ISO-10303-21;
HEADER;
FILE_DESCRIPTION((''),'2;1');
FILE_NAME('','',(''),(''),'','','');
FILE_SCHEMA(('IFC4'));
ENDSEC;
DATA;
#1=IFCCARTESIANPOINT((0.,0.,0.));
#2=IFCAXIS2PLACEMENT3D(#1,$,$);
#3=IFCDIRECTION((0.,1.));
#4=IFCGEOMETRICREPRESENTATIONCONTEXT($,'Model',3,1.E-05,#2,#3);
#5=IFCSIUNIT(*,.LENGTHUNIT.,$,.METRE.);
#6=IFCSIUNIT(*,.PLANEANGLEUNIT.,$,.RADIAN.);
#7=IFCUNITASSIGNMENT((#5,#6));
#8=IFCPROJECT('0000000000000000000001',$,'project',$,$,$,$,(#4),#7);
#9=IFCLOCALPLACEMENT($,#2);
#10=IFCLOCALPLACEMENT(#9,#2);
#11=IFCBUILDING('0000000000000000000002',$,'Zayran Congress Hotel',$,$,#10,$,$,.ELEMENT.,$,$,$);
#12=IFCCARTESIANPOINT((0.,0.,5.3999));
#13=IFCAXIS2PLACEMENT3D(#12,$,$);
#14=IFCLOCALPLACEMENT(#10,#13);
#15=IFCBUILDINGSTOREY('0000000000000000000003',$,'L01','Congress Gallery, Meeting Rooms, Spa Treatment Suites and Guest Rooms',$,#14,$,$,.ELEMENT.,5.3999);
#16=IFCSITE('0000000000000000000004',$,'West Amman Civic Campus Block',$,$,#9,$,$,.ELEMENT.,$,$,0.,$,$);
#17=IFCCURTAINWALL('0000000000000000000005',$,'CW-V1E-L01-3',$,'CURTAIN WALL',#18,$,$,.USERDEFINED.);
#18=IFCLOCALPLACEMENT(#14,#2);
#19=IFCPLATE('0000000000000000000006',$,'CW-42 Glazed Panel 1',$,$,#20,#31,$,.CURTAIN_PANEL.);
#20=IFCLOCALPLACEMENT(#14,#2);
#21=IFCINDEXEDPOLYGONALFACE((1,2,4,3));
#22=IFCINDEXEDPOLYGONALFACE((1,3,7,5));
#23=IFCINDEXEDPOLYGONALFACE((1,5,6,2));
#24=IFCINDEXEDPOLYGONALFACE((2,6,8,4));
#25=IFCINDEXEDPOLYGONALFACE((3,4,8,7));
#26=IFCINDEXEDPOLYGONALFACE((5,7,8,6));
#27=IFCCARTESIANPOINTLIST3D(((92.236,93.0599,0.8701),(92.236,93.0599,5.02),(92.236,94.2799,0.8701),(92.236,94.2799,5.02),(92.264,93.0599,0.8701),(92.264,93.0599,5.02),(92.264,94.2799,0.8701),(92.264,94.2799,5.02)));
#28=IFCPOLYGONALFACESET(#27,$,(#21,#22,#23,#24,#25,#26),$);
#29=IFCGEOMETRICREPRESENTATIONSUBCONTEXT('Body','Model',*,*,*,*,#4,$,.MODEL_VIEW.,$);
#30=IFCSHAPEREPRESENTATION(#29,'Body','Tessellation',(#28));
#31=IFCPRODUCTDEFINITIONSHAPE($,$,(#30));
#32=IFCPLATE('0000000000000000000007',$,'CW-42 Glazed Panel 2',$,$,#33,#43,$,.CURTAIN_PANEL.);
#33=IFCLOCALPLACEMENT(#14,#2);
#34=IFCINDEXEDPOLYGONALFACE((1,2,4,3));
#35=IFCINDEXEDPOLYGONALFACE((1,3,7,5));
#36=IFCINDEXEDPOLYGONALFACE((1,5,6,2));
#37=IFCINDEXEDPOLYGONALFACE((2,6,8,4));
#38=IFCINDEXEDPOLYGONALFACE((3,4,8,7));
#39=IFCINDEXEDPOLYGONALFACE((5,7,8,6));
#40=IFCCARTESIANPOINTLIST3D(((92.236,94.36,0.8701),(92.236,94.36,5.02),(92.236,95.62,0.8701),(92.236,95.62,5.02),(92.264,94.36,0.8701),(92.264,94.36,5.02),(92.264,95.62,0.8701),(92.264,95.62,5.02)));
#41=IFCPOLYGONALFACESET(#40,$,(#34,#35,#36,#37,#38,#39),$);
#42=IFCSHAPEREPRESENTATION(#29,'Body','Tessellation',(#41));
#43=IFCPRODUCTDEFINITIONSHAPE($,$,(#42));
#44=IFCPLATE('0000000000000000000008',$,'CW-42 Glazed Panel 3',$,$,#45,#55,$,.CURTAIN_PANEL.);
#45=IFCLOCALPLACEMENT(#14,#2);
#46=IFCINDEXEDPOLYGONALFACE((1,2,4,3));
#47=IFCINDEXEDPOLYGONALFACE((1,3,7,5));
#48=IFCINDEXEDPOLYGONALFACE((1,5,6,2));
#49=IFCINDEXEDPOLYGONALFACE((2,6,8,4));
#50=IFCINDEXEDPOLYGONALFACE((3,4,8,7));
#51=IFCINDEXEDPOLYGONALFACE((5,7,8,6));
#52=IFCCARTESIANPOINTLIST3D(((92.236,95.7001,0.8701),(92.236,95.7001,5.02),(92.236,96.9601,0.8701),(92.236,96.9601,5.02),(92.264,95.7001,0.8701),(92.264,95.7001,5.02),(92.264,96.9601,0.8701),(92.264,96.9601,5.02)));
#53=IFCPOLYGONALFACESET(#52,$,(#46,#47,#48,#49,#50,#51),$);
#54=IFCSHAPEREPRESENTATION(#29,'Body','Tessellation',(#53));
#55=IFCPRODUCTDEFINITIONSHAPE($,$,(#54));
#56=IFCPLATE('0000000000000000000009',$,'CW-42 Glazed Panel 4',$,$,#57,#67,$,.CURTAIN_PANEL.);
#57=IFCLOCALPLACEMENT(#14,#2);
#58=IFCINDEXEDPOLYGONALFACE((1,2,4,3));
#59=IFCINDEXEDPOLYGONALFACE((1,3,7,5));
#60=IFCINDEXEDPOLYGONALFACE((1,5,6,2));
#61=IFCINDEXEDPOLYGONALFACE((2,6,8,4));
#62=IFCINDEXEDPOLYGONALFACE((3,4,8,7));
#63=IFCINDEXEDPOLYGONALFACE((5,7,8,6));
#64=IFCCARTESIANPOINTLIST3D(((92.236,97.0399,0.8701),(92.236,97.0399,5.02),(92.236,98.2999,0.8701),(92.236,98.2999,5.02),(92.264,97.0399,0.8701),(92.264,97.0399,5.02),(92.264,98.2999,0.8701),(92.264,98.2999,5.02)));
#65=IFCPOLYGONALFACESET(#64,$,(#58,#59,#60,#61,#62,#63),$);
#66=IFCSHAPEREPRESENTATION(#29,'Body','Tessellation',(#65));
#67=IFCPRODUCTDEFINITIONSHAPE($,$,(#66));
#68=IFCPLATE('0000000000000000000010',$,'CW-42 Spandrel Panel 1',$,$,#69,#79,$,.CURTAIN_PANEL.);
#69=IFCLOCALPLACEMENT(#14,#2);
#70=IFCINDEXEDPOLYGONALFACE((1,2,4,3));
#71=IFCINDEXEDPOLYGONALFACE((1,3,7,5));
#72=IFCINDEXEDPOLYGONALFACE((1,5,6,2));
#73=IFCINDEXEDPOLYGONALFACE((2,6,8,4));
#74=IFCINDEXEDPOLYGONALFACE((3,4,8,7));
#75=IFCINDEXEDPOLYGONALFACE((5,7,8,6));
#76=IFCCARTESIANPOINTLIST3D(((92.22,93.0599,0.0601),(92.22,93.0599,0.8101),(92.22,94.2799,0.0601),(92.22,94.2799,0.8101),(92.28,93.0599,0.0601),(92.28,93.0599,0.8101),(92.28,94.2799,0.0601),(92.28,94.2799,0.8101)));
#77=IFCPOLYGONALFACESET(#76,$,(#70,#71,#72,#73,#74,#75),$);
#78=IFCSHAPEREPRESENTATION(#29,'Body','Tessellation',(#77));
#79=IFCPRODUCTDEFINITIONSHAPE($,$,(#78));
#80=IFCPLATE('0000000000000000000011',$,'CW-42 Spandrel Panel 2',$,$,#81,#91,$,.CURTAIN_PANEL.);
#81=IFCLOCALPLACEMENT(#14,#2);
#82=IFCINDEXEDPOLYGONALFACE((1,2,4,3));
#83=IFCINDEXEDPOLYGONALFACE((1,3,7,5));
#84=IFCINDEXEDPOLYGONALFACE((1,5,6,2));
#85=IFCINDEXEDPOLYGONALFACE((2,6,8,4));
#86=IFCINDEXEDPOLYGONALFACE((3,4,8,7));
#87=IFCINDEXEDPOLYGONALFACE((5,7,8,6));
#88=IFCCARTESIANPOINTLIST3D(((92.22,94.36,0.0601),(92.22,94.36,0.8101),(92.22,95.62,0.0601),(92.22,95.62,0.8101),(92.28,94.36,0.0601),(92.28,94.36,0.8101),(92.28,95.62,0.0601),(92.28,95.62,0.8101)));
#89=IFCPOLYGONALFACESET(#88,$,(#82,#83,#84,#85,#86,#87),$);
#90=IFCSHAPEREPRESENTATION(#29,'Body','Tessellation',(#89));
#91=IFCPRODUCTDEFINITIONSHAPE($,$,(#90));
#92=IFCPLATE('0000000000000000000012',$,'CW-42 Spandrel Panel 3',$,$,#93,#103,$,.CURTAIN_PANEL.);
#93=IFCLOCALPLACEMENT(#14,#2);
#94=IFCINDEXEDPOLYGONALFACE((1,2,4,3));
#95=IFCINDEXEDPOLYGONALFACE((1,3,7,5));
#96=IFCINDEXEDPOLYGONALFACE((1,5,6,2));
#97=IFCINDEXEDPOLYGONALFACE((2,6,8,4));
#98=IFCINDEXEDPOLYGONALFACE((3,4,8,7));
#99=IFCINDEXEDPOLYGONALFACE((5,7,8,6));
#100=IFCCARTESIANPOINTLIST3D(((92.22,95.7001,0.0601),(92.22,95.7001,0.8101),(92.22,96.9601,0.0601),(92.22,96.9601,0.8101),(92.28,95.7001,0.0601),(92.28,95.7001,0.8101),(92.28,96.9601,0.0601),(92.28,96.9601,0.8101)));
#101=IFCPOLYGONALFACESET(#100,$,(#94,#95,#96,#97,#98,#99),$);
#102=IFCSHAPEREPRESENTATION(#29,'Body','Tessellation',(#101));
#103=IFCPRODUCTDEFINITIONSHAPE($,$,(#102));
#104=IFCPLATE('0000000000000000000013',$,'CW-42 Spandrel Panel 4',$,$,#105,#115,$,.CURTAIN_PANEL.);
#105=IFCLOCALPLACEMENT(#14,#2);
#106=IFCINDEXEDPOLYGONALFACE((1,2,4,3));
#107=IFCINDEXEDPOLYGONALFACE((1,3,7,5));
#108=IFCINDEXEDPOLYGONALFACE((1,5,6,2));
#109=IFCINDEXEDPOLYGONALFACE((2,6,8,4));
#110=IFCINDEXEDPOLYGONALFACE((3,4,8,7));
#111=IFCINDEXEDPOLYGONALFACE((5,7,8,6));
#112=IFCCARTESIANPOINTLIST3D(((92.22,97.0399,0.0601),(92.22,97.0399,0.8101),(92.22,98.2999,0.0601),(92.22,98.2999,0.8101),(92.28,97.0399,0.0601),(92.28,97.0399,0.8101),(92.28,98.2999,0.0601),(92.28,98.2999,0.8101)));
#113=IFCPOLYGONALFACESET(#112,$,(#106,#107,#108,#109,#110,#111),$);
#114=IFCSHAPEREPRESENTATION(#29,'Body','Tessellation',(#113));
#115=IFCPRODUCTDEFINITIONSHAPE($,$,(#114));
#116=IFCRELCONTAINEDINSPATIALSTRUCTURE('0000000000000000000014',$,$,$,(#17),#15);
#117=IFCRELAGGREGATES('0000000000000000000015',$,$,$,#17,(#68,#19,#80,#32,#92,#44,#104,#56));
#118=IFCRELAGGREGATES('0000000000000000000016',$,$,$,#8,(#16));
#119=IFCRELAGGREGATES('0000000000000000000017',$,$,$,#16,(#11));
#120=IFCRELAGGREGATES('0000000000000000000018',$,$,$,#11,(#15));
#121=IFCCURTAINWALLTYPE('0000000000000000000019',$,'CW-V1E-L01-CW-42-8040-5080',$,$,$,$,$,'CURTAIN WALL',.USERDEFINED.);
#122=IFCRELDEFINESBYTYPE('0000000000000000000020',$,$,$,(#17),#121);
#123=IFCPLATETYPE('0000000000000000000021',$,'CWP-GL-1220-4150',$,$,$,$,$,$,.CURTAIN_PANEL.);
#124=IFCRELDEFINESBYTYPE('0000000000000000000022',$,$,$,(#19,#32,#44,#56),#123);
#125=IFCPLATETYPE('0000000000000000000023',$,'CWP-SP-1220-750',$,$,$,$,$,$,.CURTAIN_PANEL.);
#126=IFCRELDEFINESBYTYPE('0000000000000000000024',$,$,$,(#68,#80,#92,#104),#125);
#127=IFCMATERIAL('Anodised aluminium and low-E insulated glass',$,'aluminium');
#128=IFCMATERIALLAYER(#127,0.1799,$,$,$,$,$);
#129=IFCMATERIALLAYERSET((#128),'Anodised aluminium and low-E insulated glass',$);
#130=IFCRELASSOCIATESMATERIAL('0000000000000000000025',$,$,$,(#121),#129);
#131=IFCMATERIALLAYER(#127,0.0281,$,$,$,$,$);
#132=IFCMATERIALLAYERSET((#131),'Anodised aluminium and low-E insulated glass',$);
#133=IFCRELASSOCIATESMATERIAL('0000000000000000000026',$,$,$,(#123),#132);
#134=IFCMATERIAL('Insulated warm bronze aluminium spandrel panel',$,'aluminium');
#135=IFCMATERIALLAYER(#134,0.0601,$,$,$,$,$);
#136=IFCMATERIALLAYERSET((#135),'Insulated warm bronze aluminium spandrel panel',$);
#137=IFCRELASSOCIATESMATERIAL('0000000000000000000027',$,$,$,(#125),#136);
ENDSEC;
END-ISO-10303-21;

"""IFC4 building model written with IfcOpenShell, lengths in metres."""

from ifc_helpers import new_model, si_unit, direction, frame, origin, origin_2d, place, context, subcontext, project, spatial, rectangle, extrude, material, layer, layer_set, type_object, element, aggregate, save


model = new_model("IFC4")

# Units and contexts
model_context = context("Model", 3, precision=1e-05, world=origin(), true_north=direction((0.0, 1.0)))
body_context = subcontext(model_context, "Body", "Model", "MODEL_VIEW")
ifc_project = project(units=[si_unit("LENGTHUNIT", "METRE"), si_unit("PLANEANGLEUNIT", "RADIAN")], contexts=[model_context])

# Site, building, storey
site_placement = place(None, origin())
site = spatial("IfcSite", under=ifc_project, at=site_placement, Name="West Amman Civic Campus Block", CompositionType="ELEMENT", RefElevation=0.0)
building_placement = place(site_placement, origin())
building = spatial("IfcBuilding", under=site, at=building_placement, Name="Zayran Congress Hotel", CompositionType="ELEMENT")
storey_placement = place(building_placement, frame((0.0, 0.0, 5.3999)))
storey = spatial("IfcBuildingStorey", under=building, at=storey_placement, Name="L01", Description="Congress Gallery, Meeting Rooms, Spa Treatment Suites and Guest Rooms", CompositionType="ELEMENT", Elevation=5.3999)

# Curtain wall, plates
ifc_material_1 = material(Name="Anodised aluminium and low-E insulated glass", Category="aluminium")
ifc_layer_1 = layer(ifc_material_1, 0.1799)
ifc_layer_set_1 = layer_set([ifc_layer_1], Name="Anodised aluminium and low-E insulated glass")
curtain_wall_type = type_object("IfcCurtainWallType", Name="CW-V1E-L01-CW-42-8040-5080", ElementType="CURTAIN WALL", PredefinedType="USERDEFINED", material=ifc_layer_set_1)
curtain_wall_placement = place(storey_placement, origin())
curtain_wall = element("IfcCurtainWall", 1, at=curtain_wall_placement, inside=storey, type_object=curtain_wall_type, Name="CW-V1E-L01-3", ObjectType="CURTAIN WALL", PredefinedType="USERDEFINED")
ifc_layer_2 = layer(ifc_material_1, 0.0281)
ifc_layer_set_2 = layer_set([ifc_layer_2], Name="Anodised aluminium and low-E insulated glass")
plate_type_1 = type_object("IfcPlateType", Name="CWP-GL-1220-4150", PredefinedType="CURTAIN_PANEL", material=ifc_layer_set_2)
plate_1_placement = place(storey_placement, frame((92.25, 93.6699, 0.8701), z_axis=(0.0, 0.0, 1.0), x_axis=(0.0, 1.0, 0.0)))
plate_1 = element("IfcPlate", 2, at=plate_1_placement, type_object=plate_type_1, Name="CW-42 Glazed Panel 1", PredefinedType="CURTAIN_PANEL", context=body_context, shape_type="SweptSolid", body=[
    extrude(rectangle(XDim=1.22, YDim=0.0281, at=origin_2d()), origin(), (0.0, 0.0, 1.0), 4.1499),
])
plate_2_placement = place(storey_placement, frame((92.25, 94.99, 0.8701), z_axis=(0.0, 0.0, 1.0), x_axis=(0.0, 1.0, 0.0)))
plate_2 = element("IfcPlate", 3, at=plate_2_placement, type_object=plate_type_1, Name="CW-42 Glazed Panel 2", PredefinedType="CURTAIN_PANEL", context=body_context, shape_type="SweptSolid", body=[
    extrude(rectangle(XDim=1.26, YDim=0.0281, at=origin_2d()), origin(), (0.0, 0.0, 1.0), 4.1499),
])
plate_3_placement = place(storey_placement, frame((92.25, 96.3301, 0.8701), z_axis=(0.0, 0.0, 1.0), x_axis=(0.0, 1.0, 0.0)))
plate_3 = element("IfcPlate", 4, at=plate_3_placement, type_object=plate_type_1, Name="CW-42 Glazed Panel 3", PredefinedType="CURTAIN_PANEL", context=body_context, shape_type="SweptSolid", body=[
    extrude(rectangle(XDim=1.26, YDim=0.0281, at=origin_2d()), origin(), (0.0, 0.0, 1.0), 4.1499),
])
plate_4_placement = place(storey_placement, frame((92.25, 97.6699, 0.8701), z_axis=(0.0, 0.0, 1.0), x_axis=(0.0, 1.0, 0.0)))
plate_4 = element("IfcPlate", 5, at=plate_4_placement, type_object=plate_type_1, Name="CW-42 Glazed Panel 4", PredefinedType="CURTAIN_PANEL", context=body_context, shape_type="SweptSolid", body=[
    extrude(rectangle(XDim=1.26, YDim=0.0281, at=origin_2d()), origin(), (0.0, 0.0, 1.0), 4.1499),
])
ifc_material_2 = material(Name="Insulated warm bronze aluminium spandrel panel", Category="aluminium")
ifc_layer_3 = layer(ifc_material_2, 0.0601)
ifc_layer_set_3 = layer_set([ifc_layer_3], Name="Insulated warm bronze aluminium spandrel panel")
plate_type_2 = type_object("IfcPlateType", Name="CWP-SP-1220-750", PredefinedType="CURTAIN_PANEL", material=ifc_layer_set_3)
plate_5_placement = place(storey_placement, frame((92.25, 93.6699, 0.0601), z_axis=(0.0, 0.0, 1.0), x_axis=(0.0, 1.0, 0.0)))
plate_5 = element("IfcPlate", 6, at=plate_5_placement, type_object=plate_type_2, Name="CW-42 Spandrel Panel 1", PredefinedType="CURTAIN_PANEL", context=body_context, shape_type="SweptSolid", body=[
    extrude(rectangle(XDim=1.22, YDim=0.0601, at=origin_2d()), origin(), (0.0, 0.0, 1.0), 0.75),
])
plate_6_placement = place(storey_placement, frame((92.25, 94.99, 0.0601), z_axis=(0.0, 0.0, 1.0), x_axis=(0.0, 1.0, 0.0)))
plate_6 = element("IfcPlate", 7, at=plate_6_placement, type_object=plate_type_2, Name="CW-42 Spandrel Panel 2", PredefinedType="CURTAIN_PANEL", context=body_context, shape_type="SweptSolid", body=[
    extrude(rectangle(XDim=1.26, YDim=0.0601, at=origin_2d()), origin(), (0.0, 0.0, 1.0), 0.75),
])
plate_7_placement = place(storey_placement, frame((92.25, 96.3301, 0.0601), z_axis=(0.0, 0.0, 1.0), x_axis=(0.0, 1.0, 0.0)))
plate_7 = element("IfcPlate", 8, at=plate_7_placement, type_object=plate_type_2, Name="CW-42 Spandrel Panel 3", PredefinedType="CURTAIN_PANEL", context=body_context, shape_type="SweptSolid", body=[
    extrude(rectangle(XDim=1.26, YDim=0.0601, at=origin_2d()), origin(), (0.0, 0.0, 1.0), 0.75),
])
plate_8_placement = place(storey_placement, frame((92.25, 97.6699, 0.0601), z_axis=(0.0, 0.0, 1.0), x_axis=(0.0, 1.0, 0.0)))
plate_8 = element("IfcPlate", 9, at=plate_8_placement, type_object=plate_type_2, Name="CW-42 Spandrel Panel 4", PredefinedType="CURTAIN_PANEL", context=body_context, shape_type="SweptSolid", body=[
    extrude(rectangle(XDim=1.26, YDim=0.0601, at=origin_2d()), origin(), (0.0, 0.0, 1.0), 0.75),
])
aggregate(curtain_wall, [plate_5, plate_1, plate_6, plate_2, plate_7, plate_3, plate_8, plate_4])

save(model, "model.ifc")
